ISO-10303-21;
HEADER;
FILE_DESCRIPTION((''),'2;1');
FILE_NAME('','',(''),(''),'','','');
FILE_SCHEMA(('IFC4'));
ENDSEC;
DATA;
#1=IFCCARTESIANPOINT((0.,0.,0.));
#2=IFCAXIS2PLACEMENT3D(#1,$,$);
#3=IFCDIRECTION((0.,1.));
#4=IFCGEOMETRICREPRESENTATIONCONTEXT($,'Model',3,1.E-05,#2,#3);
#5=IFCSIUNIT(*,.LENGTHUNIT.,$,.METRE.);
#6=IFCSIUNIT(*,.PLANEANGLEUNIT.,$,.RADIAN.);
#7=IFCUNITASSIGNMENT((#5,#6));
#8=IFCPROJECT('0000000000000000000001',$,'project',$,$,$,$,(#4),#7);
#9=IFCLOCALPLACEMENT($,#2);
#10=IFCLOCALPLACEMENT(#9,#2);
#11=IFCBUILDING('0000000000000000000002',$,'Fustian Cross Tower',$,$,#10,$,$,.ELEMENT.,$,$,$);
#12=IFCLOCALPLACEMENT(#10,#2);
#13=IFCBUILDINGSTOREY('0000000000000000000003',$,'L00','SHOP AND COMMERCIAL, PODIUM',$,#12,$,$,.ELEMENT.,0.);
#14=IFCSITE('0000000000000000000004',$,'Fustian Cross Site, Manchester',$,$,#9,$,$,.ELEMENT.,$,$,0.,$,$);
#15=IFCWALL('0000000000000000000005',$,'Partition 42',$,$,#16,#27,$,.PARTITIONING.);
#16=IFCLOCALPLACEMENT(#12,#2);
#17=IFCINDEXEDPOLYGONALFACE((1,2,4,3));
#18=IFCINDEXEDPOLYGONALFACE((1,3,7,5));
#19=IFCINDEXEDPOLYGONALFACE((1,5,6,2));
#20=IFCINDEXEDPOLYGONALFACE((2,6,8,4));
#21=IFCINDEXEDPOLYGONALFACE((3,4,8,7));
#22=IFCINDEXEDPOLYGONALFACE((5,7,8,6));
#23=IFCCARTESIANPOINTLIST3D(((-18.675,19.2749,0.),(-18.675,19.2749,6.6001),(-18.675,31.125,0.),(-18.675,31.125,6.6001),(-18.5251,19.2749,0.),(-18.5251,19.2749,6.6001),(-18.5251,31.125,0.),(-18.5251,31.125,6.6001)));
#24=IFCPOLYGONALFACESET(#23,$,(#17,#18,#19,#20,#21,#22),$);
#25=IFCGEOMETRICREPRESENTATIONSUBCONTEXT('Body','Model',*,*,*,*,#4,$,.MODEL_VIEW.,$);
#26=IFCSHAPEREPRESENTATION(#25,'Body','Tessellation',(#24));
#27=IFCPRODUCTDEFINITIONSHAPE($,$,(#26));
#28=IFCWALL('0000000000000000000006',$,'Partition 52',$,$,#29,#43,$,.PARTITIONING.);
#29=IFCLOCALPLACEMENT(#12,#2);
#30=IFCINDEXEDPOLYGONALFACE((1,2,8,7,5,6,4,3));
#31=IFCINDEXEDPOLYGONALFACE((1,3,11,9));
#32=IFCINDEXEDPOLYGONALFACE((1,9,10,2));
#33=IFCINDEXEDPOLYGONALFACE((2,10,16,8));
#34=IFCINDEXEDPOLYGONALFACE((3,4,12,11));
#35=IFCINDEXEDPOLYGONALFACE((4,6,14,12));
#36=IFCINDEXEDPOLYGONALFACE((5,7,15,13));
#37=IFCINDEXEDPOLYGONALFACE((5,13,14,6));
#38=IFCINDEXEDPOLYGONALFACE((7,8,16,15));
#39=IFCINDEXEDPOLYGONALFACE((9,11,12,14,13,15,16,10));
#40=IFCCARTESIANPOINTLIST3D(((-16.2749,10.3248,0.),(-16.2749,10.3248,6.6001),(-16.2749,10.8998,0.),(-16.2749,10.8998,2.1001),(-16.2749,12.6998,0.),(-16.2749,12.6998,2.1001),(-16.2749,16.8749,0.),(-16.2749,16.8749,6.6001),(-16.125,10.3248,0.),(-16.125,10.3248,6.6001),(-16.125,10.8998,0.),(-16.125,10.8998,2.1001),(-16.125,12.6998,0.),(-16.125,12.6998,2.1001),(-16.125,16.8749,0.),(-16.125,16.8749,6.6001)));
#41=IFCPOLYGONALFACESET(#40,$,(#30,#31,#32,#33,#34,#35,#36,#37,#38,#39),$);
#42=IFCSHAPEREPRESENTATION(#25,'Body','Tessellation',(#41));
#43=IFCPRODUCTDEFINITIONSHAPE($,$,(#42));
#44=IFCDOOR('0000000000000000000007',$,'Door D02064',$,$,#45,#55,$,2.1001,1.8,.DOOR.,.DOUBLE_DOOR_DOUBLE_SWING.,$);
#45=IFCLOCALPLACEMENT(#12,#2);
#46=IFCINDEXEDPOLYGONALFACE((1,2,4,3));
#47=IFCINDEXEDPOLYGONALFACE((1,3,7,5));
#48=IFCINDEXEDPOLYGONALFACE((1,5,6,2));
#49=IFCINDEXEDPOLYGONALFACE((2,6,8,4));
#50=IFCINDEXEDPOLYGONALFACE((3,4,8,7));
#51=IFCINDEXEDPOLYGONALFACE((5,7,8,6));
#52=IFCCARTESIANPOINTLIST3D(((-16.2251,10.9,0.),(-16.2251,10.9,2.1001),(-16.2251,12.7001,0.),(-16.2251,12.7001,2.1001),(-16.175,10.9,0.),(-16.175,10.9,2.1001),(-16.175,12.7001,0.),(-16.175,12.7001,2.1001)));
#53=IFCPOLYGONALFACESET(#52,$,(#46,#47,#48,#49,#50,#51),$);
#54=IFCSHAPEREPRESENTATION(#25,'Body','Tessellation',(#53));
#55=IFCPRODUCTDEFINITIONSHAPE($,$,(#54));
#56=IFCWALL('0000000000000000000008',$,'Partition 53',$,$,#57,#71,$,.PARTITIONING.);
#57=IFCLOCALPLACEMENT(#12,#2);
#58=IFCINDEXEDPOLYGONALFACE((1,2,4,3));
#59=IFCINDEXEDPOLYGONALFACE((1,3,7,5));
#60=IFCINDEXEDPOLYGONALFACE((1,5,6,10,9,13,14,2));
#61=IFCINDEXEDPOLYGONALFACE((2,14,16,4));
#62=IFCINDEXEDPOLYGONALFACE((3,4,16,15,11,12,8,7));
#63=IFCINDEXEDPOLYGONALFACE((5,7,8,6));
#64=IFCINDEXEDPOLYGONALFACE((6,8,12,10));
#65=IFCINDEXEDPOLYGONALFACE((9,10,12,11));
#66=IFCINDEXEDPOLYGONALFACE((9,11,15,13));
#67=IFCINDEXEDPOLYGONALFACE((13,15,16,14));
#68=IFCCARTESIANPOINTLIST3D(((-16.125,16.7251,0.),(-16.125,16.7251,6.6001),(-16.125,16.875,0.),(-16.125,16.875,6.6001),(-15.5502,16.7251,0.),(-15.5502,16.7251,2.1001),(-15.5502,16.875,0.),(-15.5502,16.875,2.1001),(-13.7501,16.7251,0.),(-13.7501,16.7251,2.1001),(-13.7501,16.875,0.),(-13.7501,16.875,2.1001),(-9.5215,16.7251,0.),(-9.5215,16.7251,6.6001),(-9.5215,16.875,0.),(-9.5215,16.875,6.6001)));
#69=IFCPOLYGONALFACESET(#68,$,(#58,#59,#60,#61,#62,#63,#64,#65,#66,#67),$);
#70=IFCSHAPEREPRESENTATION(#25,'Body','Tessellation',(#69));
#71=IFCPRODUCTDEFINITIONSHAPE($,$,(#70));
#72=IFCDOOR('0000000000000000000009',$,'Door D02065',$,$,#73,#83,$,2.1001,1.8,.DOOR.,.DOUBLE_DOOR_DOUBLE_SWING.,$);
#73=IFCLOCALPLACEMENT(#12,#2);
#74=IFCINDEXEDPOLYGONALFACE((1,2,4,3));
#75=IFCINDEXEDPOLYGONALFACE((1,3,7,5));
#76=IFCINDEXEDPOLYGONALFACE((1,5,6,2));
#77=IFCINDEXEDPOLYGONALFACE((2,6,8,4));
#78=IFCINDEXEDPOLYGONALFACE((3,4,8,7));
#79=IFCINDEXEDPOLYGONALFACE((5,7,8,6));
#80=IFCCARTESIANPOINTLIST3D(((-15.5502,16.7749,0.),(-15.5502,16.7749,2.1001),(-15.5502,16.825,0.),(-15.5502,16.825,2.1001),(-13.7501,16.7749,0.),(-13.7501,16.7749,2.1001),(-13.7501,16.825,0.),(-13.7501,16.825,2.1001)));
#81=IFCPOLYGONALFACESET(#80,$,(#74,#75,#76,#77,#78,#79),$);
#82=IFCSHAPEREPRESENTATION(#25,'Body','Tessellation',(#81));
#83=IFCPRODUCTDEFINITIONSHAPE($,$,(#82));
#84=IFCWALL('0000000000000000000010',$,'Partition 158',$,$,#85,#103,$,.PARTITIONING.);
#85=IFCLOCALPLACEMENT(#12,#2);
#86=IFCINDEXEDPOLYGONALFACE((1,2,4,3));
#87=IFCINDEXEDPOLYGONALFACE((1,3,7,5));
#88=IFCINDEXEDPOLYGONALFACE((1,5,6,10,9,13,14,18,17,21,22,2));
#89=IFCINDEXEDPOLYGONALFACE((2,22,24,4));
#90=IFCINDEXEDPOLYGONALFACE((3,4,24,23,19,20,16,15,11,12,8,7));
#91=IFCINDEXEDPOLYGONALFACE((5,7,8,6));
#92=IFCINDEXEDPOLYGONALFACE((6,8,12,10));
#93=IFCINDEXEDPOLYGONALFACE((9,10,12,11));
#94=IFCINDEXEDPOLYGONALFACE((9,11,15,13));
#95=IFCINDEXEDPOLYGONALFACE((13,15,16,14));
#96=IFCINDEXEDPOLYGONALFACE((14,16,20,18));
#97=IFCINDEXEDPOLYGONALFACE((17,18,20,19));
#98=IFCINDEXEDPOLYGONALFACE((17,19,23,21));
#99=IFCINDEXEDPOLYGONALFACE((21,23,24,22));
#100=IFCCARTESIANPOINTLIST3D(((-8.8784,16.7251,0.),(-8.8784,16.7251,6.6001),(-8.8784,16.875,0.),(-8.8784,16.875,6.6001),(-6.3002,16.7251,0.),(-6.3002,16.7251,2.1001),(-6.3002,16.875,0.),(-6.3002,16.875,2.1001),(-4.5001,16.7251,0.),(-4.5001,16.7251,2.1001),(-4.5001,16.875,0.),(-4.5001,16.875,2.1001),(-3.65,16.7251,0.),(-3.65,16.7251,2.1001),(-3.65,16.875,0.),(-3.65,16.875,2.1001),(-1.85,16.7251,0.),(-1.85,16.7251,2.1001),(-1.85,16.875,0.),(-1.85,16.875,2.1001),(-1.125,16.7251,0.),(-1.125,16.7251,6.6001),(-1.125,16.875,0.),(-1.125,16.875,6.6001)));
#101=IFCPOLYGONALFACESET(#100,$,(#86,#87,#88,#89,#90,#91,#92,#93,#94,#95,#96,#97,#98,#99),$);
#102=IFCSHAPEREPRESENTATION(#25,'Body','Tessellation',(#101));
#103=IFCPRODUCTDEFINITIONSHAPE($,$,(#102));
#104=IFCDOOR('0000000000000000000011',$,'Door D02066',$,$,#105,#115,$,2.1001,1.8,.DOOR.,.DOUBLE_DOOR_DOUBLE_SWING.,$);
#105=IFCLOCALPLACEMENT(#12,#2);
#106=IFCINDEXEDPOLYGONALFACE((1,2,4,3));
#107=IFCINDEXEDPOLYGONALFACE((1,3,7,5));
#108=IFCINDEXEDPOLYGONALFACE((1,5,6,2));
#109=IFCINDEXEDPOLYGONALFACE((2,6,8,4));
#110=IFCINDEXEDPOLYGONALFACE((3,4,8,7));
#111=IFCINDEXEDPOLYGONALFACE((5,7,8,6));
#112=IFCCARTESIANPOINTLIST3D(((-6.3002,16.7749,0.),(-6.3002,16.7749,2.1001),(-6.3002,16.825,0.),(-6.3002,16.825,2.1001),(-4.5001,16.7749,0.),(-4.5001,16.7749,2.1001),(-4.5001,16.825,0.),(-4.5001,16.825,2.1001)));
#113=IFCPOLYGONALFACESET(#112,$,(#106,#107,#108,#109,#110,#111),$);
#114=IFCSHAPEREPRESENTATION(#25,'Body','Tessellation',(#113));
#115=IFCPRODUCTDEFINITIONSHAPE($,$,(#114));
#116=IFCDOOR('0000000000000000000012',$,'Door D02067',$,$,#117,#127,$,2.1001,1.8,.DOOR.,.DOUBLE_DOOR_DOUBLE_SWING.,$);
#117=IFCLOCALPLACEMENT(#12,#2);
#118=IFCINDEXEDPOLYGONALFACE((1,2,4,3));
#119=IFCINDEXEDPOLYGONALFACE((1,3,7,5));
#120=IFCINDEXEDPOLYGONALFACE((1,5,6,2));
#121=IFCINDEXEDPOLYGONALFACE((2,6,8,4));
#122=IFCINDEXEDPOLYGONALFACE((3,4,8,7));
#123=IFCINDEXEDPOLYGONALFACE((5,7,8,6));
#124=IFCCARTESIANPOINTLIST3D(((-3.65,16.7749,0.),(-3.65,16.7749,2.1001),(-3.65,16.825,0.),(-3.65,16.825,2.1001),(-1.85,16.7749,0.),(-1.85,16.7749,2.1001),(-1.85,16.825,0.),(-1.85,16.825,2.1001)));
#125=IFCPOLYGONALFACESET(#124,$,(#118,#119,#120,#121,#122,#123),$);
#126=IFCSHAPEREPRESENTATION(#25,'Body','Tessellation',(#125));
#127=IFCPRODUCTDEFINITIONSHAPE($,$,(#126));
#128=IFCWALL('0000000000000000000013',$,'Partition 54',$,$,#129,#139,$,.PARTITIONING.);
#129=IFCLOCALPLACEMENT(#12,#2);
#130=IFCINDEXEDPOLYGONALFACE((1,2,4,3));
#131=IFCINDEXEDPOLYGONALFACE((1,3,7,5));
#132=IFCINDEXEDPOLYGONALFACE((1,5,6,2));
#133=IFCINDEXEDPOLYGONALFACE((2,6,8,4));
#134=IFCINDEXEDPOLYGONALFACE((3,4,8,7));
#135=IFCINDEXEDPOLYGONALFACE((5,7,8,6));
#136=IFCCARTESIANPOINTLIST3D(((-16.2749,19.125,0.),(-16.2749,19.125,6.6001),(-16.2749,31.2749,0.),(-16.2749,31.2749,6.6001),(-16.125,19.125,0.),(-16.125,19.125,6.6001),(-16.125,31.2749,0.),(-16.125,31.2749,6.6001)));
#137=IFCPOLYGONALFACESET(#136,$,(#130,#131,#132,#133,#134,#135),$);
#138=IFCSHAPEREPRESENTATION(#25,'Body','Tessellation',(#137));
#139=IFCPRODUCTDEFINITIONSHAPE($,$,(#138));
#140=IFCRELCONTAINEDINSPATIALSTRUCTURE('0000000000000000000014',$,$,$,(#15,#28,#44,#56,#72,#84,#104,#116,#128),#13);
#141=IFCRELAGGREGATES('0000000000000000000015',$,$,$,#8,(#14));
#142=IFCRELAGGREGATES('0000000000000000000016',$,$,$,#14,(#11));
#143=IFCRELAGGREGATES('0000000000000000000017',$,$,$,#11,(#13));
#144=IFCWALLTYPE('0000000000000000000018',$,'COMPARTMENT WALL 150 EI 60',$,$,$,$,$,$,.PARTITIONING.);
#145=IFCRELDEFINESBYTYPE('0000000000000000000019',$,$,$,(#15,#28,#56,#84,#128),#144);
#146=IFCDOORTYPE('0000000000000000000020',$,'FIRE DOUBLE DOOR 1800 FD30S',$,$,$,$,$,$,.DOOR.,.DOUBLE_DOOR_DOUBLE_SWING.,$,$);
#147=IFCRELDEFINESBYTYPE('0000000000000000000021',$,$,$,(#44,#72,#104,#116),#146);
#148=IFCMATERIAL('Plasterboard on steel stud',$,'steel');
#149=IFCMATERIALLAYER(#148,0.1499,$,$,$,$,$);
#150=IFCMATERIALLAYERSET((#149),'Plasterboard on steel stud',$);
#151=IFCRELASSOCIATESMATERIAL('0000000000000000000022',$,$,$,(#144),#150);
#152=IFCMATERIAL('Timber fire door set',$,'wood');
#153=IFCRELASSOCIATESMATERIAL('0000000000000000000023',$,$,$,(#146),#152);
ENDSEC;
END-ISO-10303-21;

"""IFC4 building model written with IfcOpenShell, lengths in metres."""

from ifc_helpers import new_model, si_unit, direction, frame, frame_2d, origin, place, context, subcontext, project, spatial, rectangle, extrude, material, layer, layer_set, type_object, element, fill, save


model = new_model("IFC4")

# Units and contexts
model_context = context("Model", 3, precision=1e-05, world=origin(), true_north=direction((0.0, 1.0)))
body_context = subcontext(model_context, "Body", "Model", "MODEL_VIEW")
ifc_project = project(units=[si_unit("LENGTHUNIT", "METRE"), si_unit("PLANEANGLEUNIT", "RADIAN")], contexts=[model_context])

# Site, building, storey
site_placement = place(None, origin())
site = spatial("IfcSite", under=ifc_project, at=site_placement, Name="Fustian Cross Site, Manchester", CompositionType="ELEMENT", RefElevation=0.0)
building_placement = place(site_placement, origin())
building = spatial("IfcBuilding", under=site, at=building_placement, Name="Fustian Cross Tower", CompositionType="ELEMENT")
storey_placement = place(building_placement, origin())
storey = spatial("IfcBuildingStorey", under=building, at=storey_placement, Name="L00", Description="SHOP AND COMMERCIAL, PODIUM", CompositionType="ELEMENT", Elevation=0.0)

# Shared definitions
ifc_material_1 = material(Name="Plasterboard on steel stud", Category="steel")
ifc_layer = layer(ifc_material_1, 0.1499)
ifc_layer_set = layer_set([ifc_layer], Name="Plasterboard on steel stud")
wall_type = type_object("IfcWallType", Name="COMPARTMENT WALL 150 EI 60", PredefinedType="PARTITIONING", material=ifc_layer_set)
ifc_material_2 = material(Name="Timber fire door set", Category="wood")
door_type = type_object("IfcDoorType", Name="FIRE DOUBLE DOOR 1800 FD30S", OperationType="DOUBLE_DOOR_DOUBLE_SWING", PredefinedType="DOOR", material=ifc_material_2)

# Wall
wall_1_placement = place(storey_placement, frame((-18.6001, 19.2749, 0.0), z_axis=(0.0, 0.0, 1.0), x_axis=(0.0, 1.0, 0.0)))
element("IfcWall", 1, at=wall_1_placement, inside=storey, type_object=wall_type, Name="Partition 42", PredefinedType="PARTITIONING", context=body_context, shape_type="SweptSolid", body=[
    extrude(rectangle(XDim=11.8501, YDim=0.1499, at=frame_2d((5.925, 0.0))), origin(), (0.0, 0.0, 1.0), 6.6001),
])

# Walls, openings, doors
wall_2_placement = place(storey_placement, frame((-16.2, 10.325, 0.0), z_axis=(0.0, 0.0, 1.0), x_axis=(0.0, 1.0, 0.0)))
wall_2 = element("IfcWall", 2, at=wall_2_placement, inside=storey, type_object=wall_type, Name="Partition 52", PredefinedType="PARTITIONING", context=body_context, shape_type="SweptSolid", body=[
    extrude(rectangle(XDim=6.55, YDim=0.1499, at=frame_2d((3.2749, 0.0))), origin(), (0.0, 0.0, 1.0), 6.6001),
])
opening_1_placement = place(wall_2_placement, frame((0.575, 0.0, 0.0)))
opening_1 = element("IfcOpeningElement", 3, at=opening_1_placement, cuts=wall_2, PredefinedType="OPENING", context=body_context, shape_type="SweptSolid", body=[
    extrude(rectangle(XDim=1.8, YDim=2.1001, at=frame_2d((0.8999, 1.05))), frame((0.0, 0.085, 0.0), z_axis=(0.0, -1.0, 0.0), x_axis=(1.0, 0.0, 0.0)), (0.0, 0.0, 1.0), 0.1699),
])
door_1_placement = place(opening_1_placement, frame((1.8, 0.0, 0.0), z_axis=(0.0, 0.0, 1.0), x_axis=(-1.0, 0.0, 0.0)))
door_1 = element("IfcDoor", 4, at=door_1_placement, inside=storey, type_object=door_type, Name="Door D02064", OperationType="DOUBLE_DOOR_DOUBLE_SWING", OverallHeight=2.1001, OverallWidth=1.8, PredefinedType="DOOR", context=body_context, shape_type="SweptSolid", body=[
    extrude(rectangle(XDim=1.8, YDim=2.1001, at=frame_2d((0.8999, 1.05))), frame((0.0, 0.0249, 0.0), z_axis=(0.0, -1.0, 0.0), x_axis=(1.0, 0.0, 0.0)), (0.0, 0.0, 1.0), 0.05),
])
fill(opening_1, door_1)
wall_3_placement = place(storey_placement, frame((-16.125, 16.8, 0.0), z_axis=(0.0, 0.0, 1.0), x_axis=(1.0, 0.0, 0.0)))
wall_3 = element("IfcWall", 5, at=wall_3_placement, inside=storey, type_object=wall_type, Name="Partition 53", PredefinedType="PARTITIONING", context=body_context, shape_type="SweptSolid", body=[
    extrude(rectangle(XDim=6.6035, YDim=0.1499, at=frame_2d((3.3018, 0.0))), origin(), (0.0, 0.0, 1.0), 6.6001),
])
opening_2_placement = place(wall_3_placement, frame((0.575, 0.0, 0.0)))
opening_2 = element("IfcOpeningElement", 6, at=opening_2_placement, cuts=wall_3, PredefinedType="OPENING", context=body_context, shape_type="SweptSolid", body=[
    extrude(rectangle(XDim=1.8, YDim=2.1001, at=frame_2d((0.8999, 1.05))), frame((0.0, 0.085, 0.0), z_axis=(0.0, -1.0, 0.0), x_axis=(1.0, 0.0, 0.0)), (0.0, 0.0, 1.0), 0.1699),
])
door_2_placement = place(opening_2_placement, origin())
door_2 = element("IfcDoor", 7, at=door_2_placement, inside=storey, type_object=door_type, Name="Door D02065", OperationType="DOUBLE_DOOR_DOUBLE_SWING", OverallHeight=2.1001, OverallWidth=1.8, PredefinedType="DOOR", context=body_context, shape_type="SweptSolid", body=[
    extrude(rectangle(XDim=1.8, YDim=2.1001, at=frame_2d((0.8999, 1.05))), frame((0.0, 0.0249, 0.0), z_axis=(0.0, -1.0, 0.0), x_axis=(1.0, 0.0, 0.0)), (0.0, 0.0, 1.0), 0.05),
])
fill(opening_2, door_2)

# Wall, openings, doors
wall_4_placement = place(storey_placement, frame((-8.8784, 16.8, 0.0), z_axis=(0.0, 0.0, 1.0), x_axis=(1.0, 0.0, 0.0)))
wall_4 = element("IfcWall", 8, at=wall_4_placement, inside=storey, type_object=wall_type, Name="Partition 158", PredefinedType="PARTITIONING", context=body_context, shape_type="SweptSolid", body=[
    extrude(rectangle(XDim=7.7534, YDim=0.1499, at=frame_2d((3.8767, 0.0))), origin(), (0.0, 0.0, 1.0), 6.6001),
])
opening_3_placement = place(wall_4_placement, frame((2.5784, 0.0, 0.0)))
opening_3 = element("IfcOpeningElement", 9, at=opening_3_placement, cuts=wall_4, PredefinedType="OPENING", context=body_context, shape_type="SweptSolid", body=[
    extrude(rectangle(XDim=1.8, YDim=2.1001, at=frame_2d((0.8999, 1.05))), frame((0.0, 0.085, 0.0), z_axis=(0.0, -1.0, 0.0), x_axis=(1.0, 0.0, 0.0)), (0.0, 0.0, 1.0), 0.1699),
])
opening_4_placement = place(wall_4_placement, frame((5.2285, 0.0, 0.0)))
opening_4 = element("IfcOpeningElement", 10, at=opening_4_placement, cuts=wall_4, PredefinedType="OPENING", context=body_context, shape_type="SweptSolid", body=[
    extrude(rectangle(XDim=1.8, YDim=2.1001, at=frame_2d((0.8999, 1.05))), frame((0.0, 0.085, 0.0), z_axis=(0.0, -1.0, 0.0), x_axis=(1.0, 0.0, 0.0)), (0.0, 0.0, 1.0), 0.1699),
])
door_3_placement = place(opening_3_placement, origin())
door_3 = element("IfcDoor", 11, at=door_3_placement, inside=storey, type_object=door_type, Name="Door D02066", OperationType="DOUBLE_DOOR_DOUBLE_SWING", OverallHeight=2.1001, OverallWidth=1.8, PredefinedType="DOOR", context=body_context, shape_type="SweptSolid", body=[
    extrude(rectangle(XDim=1.8, YDim=2.1001, at=frame_2d((0.8999, 1.05))), frame((0.0, 0.0249, 0.0), z_axis=(0.0, -1.0, 0.0), x_axis=(1.0, 0.0, 0.0)), (0.0, 0.0, 1.0), 0.05),
])
fill(opening_3, door_3)
door_4_placement = place(opening_4_placement, origin())
door_4 = element("IfcDoor", 12, at=door_4_placement, inside=storey, type_object=door_type, Name="Door D02067", OperationType="DOUBLE_DOOR_DOUBLE_SWING", OverallHeight=2.1001, OverallWidth=1.8, PredefinedType="DOOR", context=body_context, shape_type="SweptSolid", body=[
    extrude(rectangle(XDim=1.8, YDim=2.1001, at=frame_2d((0.8999, 1.05))), frame((0.0, 0.0249, 0.0), z_axis=(0.0, -1.0, 0.0), x_axis=(1.0, 0.0, 0.0)), (0.0, 0.0, 1.0), 0.05),
])
fill(opening_4, door_4)

# Wall
wall_5_placement = place(storey_placement, frame((-16.2, 19.125, 0.0), z_axis=(0.0, 0.0, 1.0), x_axis=(0.0, 1.0, 0.0)))
element("IfcWall", 13, at=wall_5_placement, inside=storey, type_object=wall_type, Name="Partition 54", PredefinedType="PARTITIONING", context=body_context, shape_type="SweptSolid", body=[
    extrude(rectangle(XDim=12.1499, YDim=0.1499, at=frame_2d((6.075, 0.0))), origin(), (0.0, 0.0, 1.0), 6.6001),
])

save(model, "model.ifc")
